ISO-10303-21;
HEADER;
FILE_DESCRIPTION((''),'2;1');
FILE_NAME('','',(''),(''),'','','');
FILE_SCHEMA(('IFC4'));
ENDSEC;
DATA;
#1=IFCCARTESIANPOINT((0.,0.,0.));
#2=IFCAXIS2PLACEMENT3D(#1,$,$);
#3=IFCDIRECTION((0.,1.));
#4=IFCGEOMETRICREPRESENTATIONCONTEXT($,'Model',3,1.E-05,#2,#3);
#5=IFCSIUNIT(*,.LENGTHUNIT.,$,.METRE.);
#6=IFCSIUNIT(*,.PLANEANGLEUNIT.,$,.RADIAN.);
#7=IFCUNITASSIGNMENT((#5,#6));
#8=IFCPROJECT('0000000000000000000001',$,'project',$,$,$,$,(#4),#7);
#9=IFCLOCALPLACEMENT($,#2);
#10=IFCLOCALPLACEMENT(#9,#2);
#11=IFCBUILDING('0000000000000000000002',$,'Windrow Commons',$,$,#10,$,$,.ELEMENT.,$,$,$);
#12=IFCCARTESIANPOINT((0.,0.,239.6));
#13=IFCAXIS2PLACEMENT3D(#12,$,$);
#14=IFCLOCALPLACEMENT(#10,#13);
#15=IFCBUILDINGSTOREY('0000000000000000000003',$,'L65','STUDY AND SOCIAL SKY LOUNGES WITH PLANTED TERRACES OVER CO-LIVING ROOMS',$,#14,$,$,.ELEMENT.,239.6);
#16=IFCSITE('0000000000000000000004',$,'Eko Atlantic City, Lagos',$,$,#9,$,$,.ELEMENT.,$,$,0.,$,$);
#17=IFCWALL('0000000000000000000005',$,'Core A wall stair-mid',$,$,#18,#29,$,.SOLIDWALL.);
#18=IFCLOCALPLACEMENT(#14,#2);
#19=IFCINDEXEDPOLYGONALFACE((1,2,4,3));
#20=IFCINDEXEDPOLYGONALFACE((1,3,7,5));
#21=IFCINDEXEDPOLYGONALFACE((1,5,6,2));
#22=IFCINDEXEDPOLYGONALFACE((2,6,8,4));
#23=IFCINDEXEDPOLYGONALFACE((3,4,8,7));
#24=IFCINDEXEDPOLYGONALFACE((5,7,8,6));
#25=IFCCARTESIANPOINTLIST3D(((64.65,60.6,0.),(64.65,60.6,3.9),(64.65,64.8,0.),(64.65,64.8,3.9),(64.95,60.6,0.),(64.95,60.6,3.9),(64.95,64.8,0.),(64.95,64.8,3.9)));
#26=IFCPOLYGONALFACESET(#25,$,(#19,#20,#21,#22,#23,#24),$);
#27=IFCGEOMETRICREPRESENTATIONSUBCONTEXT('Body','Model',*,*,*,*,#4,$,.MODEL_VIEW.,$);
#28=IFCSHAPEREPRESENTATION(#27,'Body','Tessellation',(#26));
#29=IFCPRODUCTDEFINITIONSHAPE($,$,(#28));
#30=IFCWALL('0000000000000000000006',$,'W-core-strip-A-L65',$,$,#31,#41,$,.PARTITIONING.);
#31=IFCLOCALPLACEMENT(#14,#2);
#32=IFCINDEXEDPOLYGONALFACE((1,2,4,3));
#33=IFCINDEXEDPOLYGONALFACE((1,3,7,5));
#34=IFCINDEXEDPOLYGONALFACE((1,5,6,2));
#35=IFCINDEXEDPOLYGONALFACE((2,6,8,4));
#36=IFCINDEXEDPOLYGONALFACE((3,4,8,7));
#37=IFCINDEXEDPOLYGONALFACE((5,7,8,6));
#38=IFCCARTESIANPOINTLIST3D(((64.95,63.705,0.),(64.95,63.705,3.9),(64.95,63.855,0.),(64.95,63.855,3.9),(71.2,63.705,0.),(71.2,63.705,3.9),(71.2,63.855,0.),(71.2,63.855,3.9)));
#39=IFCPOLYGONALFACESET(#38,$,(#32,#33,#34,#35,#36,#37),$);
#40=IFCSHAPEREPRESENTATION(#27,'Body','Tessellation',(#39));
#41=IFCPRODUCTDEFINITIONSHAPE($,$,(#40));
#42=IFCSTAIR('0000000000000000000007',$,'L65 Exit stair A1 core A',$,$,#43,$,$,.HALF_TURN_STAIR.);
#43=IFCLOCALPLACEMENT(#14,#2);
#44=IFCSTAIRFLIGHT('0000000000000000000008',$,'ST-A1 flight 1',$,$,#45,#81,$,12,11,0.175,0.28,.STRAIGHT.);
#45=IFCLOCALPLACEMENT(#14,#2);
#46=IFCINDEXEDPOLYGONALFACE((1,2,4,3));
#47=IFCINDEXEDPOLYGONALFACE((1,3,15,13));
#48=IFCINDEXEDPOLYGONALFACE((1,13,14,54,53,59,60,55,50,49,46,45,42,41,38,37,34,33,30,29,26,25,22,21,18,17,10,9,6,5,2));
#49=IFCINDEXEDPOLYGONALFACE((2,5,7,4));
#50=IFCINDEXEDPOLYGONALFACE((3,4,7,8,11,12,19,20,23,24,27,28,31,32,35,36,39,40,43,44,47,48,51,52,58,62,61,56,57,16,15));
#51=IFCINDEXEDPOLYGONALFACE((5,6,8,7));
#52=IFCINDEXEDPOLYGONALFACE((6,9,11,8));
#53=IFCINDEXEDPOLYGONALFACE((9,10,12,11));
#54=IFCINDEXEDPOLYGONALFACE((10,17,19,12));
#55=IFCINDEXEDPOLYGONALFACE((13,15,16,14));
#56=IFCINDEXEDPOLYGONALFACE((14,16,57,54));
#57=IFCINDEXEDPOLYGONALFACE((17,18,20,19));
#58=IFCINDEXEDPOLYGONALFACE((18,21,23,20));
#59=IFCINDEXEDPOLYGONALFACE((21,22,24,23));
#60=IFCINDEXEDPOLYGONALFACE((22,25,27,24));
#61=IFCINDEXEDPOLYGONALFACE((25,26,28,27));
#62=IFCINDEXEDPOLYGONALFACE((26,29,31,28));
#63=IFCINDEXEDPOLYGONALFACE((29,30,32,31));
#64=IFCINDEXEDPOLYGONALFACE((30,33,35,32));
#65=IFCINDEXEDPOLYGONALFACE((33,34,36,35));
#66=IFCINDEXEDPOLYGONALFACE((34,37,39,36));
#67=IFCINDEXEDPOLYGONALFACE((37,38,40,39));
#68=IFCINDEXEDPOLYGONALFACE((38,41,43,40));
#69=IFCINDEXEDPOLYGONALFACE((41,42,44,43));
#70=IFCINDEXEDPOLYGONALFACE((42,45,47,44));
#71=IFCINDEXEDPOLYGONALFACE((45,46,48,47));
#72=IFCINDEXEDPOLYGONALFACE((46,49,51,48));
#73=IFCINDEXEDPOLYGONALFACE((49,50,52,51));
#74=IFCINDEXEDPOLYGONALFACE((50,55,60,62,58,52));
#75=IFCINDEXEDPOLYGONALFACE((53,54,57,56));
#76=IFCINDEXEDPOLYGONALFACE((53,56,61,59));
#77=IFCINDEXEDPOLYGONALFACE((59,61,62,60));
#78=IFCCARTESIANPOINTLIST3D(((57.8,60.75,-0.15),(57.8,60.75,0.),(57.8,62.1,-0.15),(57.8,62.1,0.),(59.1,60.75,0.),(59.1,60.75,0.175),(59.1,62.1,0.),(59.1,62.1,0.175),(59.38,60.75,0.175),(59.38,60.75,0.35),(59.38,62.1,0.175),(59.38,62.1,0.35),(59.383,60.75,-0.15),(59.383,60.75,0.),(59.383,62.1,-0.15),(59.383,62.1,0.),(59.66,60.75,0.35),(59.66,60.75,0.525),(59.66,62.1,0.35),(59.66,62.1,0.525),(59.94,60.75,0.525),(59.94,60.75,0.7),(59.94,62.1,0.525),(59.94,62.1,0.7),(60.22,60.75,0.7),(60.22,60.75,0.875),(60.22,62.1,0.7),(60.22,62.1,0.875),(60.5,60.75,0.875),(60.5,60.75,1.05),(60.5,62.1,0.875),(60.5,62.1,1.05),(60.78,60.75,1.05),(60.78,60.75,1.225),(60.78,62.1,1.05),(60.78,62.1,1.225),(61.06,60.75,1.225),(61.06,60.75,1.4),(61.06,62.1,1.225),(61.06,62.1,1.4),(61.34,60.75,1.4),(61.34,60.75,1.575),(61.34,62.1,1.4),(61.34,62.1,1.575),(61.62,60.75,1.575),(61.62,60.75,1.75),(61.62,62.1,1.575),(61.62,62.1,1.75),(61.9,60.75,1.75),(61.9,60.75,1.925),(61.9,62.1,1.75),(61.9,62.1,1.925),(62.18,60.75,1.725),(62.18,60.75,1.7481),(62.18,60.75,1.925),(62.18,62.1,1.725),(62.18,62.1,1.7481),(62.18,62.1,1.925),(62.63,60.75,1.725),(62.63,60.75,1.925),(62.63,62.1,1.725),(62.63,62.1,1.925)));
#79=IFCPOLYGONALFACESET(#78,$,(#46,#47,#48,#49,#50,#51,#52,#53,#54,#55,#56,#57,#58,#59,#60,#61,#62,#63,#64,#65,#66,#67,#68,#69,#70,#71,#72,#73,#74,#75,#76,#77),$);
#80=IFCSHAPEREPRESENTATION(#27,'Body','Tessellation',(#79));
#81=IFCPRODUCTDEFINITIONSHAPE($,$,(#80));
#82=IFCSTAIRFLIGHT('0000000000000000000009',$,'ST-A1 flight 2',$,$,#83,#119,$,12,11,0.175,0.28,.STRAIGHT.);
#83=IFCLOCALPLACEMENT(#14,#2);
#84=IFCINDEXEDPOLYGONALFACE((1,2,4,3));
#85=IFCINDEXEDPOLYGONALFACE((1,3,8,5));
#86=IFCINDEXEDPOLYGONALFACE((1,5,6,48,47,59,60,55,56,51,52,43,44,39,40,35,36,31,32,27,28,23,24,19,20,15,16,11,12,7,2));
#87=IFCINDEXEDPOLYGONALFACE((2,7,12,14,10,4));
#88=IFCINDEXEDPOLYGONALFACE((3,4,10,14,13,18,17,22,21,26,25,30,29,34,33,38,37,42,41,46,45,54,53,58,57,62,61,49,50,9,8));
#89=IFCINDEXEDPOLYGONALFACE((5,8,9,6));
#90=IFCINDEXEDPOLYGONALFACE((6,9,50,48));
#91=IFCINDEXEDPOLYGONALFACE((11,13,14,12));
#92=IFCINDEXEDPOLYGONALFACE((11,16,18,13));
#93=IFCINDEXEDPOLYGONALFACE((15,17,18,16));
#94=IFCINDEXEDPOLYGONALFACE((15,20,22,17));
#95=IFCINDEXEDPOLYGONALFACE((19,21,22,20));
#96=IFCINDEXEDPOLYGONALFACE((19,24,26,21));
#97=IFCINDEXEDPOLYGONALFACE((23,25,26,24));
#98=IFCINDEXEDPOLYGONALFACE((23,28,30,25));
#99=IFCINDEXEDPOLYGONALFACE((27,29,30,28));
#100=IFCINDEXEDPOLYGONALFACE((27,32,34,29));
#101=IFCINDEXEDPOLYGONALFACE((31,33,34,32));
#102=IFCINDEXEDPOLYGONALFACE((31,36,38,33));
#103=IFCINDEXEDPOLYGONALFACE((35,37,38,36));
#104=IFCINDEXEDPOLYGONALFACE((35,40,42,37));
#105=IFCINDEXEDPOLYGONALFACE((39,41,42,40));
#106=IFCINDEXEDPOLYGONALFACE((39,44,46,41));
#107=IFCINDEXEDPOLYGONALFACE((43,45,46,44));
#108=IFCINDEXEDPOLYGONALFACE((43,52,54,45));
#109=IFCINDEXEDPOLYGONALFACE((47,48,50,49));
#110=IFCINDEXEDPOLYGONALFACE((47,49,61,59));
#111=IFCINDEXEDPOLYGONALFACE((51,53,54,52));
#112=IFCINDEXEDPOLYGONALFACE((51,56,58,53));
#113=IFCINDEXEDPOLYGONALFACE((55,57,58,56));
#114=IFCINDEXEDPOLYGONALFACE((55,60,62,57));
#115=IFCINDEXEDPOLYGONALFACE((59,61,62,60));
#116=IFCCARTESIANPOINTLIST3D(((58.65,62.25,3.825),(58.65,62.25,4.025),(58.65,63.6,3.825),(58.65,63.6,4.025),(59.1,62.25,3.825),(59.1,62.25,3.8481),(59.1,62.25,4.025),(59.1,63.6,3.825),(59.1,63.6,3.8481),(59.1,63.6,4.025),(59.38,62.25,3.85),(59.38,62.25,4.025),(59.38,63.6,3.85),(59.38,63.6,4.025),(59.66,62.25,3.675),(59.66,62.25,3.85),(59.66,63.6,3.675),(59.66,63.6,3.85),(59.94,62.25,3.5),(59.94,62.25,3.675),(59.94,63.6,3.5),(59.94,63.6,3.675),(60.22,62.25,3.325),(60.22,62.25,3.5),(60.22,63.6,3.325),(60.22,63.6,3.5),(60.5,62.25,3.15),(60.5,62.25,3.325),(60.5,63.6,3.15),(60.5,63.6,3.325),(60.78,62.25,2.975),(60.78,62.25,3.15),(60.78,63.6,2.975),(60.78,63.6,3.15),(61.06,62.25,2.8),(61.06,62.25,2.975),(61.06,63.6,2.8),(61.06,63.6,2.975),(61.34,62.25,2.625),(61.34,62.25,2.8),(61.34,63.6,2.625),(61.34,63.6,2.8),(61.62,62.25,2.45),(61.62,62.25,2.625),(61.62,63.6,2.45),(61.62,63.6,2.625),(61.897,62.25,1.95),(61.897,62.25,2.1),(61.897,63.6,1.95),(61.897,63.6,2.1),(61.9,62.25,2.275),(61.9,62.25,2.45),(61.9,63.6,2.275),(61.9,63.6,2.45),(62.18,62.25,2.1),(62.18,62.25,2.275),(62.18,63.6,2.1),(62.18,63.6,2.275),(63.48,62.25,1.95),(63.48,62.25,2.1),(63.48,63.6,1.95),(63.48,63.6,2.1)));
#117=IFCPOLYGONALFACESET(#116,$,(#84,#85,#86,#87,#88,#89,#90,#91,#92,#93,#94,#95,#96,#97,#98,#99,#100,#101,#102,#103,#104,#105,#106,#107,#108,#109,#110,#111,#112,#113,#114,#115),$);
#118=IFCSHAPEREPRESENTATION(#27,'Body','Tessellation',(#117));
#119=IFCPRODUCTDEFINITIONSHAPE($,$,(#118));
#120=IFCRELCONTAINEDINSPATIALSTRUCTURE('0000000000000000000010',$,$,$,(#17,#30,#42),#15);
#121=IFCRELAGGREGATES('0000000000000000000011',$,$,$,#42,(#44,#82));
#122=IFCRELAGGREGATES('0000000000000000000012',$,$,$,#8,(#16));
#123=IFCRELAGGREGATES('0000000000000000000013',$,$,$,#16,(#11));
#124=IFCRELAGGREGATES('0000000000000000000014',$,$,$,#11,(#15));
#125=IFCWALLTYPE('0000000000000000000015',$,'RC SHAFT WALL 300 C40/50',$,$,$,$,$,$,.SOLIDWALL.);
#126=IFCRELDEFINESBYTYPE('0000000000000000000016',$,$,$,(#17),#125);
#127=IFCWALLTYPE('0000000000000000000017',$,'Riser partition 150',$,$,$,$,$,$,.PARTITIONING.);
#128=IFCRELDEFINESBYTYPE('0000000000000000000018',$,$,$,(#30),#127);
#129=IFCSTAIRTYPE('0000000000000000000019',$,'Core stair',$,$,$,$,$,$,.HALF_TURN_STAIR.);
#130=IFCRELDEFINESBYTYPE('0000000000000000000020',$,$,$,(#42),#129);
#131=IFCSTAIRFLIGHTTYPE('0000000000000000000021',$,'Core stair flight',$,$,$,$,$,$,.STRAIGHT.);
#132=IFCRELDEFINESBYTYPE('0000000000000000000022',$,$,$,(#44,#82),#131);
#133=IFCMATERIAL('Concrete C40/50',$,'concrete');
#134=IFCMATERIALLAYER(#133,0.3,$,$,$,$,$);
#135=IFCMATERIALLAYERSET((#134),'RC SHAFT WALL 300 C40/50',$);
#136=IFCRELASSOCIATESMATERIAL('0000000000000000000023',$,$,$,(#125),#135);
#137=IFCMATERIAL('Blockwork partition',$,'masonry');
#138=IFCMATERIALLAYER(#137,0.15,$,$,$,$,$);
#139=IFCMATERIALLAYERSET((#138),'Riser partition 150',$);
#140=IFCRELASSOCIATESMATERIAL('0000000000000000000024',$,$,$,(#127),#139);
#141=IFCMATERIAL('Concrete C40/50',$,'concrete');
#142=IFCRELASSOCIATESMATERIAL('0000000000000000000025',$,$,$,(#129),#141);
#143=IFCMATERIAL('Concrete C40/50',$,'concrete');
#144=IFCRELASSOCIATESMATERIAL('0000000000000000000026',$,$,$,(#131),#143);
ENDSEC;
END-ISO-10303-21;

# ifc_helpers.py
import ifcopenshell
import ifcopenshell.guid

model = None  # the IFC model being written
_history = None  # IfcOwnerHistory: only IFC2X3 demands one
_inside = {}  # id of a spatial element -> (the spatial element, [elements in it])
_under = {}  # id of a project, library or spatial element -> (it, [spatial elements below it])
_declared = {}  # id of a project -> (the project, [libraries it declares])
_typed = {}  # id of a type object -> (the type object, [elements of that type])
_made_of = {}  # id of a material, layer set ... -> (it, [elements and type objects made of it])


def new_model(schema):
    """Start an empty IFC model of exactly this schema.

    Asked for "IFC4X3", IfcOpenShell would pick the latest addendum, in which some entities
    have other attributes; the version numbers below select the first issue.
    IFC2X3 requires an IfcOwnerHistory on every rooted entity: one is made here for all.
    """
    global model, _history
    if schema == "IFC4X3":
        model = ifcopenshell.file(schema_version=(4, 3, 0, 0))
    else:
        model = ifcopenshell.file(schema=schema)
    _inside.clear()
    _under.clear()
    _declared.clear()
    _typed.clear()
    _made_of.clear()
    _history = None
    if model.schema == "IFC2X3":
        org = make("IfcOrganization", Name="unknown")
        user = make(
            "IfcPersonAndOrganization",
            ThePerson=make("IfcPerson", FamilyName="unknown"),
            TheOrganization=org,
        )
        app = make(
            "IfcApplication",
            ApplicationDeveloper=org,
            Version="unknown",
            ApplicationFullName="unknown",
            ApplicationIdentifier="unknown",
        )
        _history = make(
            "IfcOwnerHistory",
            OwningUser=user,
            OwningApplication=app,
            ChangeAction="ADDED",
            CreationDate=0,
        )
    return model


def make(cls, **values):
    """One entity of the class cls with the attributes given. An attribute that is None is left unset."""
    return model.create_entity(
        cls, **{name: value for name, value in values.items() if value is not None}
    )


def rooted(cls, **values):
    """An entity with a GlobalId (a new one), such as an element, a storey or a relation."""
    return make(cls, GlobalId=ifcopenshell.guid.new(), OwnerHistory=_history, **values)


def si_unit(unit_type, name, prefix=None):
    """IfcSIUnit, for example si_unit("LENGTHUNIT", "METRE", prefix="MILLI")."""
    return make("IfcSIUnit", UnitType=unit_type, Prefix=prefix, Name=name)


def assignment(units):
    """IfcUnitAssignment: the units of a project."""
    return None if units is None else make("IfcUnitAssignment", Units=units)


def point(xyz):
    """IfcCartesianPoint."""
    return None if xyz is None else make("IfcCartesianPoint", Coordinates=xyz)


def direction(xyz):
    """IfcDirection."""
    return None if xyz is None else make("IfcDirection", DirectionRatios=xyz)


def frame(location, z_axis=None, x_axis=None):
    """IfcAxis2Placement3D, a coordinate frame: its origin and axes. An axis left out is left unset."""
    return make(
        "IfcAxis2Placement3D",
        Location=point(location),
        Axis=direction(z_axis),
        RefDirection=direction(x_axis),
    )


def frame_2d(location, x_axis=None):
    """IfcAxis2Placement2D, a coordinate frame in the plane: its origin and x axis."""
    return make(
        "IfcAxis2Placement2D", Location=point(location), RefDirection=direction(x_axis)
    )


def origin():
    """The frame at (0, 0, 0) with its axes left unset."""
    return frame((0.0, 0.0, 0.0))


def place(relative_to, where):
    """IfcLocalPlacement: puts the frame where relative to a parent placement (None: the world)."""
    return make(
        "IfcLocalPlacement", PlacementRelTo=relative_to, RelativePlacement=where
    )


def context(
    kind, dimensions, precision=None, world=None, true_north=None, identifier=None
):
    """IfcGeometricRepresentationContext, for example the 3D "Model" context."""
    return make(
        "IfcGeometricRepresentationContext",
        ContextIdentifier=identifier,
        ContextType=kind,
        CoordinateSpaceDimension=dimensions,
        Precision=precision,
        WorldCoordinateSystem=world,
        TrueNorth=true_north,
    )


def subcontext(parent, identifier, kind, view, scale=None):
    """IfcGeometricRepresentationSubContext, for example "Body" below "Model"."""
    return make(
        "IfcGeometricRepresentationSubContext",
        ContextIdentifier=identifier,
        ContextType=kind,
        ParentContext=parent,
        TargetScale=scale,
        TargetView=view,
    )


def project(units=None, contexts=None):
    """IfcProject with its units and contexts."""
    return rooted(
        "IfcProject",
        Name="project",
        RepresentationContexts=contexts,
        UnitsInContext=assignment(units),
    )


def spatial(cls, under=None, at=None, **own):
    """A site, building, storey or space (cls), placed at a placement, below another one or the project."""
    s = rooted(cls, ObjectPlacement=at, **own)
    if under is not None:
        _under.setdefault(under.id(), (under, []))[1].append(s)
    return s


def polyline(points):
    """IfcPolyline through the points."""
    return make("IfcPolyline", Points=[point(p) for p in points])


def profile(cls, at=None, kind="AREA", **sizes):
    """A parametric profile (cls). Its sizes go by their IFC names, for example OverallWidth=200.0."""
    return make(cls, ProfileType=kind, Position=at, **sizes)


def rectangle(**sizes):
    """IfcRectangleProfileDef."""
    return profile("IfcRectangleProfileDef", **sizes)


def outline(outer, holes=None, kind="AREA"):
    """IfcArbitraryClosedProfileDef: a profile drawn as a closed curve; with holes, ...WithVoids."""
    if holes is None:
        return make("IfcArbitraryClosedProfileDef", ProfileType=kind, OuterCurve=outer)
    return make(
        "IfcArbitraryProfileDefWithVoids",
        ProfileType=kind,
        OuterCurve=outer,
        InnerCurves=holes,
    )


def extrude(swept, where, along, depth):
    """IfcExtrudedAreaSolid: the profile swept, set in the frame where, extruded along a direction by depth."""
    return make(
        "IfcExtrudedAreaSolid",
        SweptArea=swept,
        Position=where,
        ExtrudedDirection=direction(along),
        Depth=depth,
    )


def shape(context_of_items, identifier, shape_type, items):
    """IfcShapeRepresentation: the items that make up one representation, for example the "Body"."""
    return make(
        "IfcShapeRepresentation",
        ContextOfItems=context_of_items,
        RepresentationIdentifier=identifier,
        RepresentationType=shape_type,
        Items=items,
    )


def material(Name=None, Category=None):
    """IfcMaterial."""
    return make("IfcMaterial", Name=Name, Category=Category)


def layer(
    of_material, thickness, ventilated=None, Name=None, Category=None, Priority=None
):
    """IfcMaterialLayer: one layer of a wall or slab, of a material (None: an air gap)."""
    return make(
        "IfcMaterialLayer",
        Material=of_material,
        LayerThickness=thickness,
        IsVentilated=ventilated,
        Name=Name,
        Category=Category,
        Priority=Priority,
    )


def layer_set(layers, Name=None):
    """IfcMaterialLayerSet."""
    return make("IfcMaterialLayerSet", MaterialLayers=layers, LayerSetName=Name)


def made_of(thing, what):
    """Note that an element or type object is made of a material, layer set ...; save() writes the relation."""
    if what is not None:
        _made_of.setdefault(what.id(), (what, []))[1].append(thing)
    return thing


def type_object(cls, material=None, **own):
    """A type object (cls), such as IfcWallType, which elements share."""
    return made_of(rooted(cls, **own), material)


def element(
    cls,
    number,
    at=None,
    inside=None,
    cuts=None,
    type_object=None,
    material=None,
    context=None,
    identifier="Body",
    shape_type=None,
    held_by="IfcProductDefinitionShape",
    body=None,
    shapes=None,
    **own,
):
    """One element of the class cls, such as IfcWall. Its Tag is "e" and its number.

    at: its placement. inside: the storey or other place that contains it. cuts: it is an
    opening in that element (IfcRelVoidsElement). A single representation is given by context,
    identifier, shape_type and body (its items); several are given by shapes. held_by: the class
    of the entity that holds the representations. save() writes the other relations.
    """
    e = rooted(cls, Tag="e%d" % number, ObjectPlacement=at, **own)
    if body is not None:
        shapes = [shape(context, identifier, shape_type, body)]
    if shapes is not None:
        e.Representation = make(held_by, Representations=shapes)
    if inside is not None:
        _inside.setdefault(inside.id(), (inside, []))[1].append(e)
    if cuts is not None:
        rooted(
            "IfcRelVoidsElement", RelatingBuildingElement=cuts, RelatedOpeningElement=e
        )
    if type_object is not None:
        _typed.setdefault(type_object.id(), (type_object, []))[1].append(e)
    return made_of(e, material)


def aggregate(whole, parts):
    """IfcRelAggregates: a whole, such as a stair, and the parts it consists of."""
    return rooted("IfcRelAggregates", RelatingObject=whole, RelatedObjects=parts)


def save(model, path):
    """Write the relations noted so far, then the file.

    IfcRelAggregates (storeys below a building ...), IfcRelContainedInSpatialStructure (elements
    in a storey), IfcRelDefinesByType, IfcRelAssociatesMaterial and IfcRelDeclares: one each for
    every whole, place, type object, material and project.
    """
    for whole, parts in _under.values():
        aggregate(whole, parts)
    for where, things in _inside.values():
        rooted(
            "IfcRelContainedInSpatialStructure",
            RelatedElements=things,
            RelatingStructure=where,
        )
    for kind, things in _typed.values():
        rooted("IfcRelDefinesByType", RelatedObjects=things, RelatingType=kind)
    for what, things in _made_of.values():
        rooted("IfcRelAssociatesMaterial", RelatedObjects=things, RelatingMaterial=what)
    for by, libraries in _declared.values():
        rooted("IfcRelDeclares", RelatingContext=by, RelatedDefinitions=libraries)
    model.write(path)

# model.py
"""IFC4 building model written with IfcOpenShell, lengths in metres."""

from ifc_helpers import new_model, si_unit, direction, frame, frame_2d, origin, place, context, subcontext, project, spatial, polyline, rectangle, outline, extrude, material, layer, layer_set, type_object, element, aggregate, save


model = new_model("IFC4")

# Units and contexts
model_context = context("Model", 3, precision=1e-05, world=origin(), true_north=direction((0.0, 1.0)))
body_context = subcontext(model_context, "Body", "Model", "MODEL_VIEW")
ifc_project = project(units=[si_unit("LENGTHUNIT", "METRE"), si_unit("PLANEANGLEUNIT", "RADIAN")], contexts=[model_context])

# Site, building, storey
site_placement = place(None, origin())
site = spatial("IfcSite", under=ifc_project, at=site_placement, Name="Eko Atlantic City, Lagos", CompositionType="ELEMENT", RefElevation=0.0)
building_placement = place(site_placement, origin())
building = spatial("IfcBuilding", under=site, at=building_placement, Name="Windrow Commons", CompositionType="ELEMENT")
storey_placement = place(building_placement, frame((0.0, 0.0, 239.6)))
storey = spatial("IfcBuildingStorey", under=building, at=storey_placement, Name="L65", Description="STUDY AND SOCIAL SKY LOUNGES WITH PLANTED TERRACES OVER CO-LIVING ROOMS", CompositionType="ELEMENT", Elevation=239.6)

# Shared definitions
placement = place(storey_placement, origin())

# Walls
ifc_material_1 = material(Name="Concrete C40/50", Category="concrete")
ifc_layer_1 = layer(ifc_material_1, 0.3)
ifc_layer_set_1 = layer_set([ifc_layer_1], Name="RC SHAFT WALL 300 C40/50")
wall_type_1 = type_object("IfcWallType", Name="RC SHAFT WALL 300 C40/50", PredefinedType="SOLIDWALL", material=ifc_layer_set_1)
wall_1_placement = place(storey_placement, frame((64.8, 60.6, 0.0), z_axis=(0.0, 0.0, 1.0), x_axis=(0.0, 1.0, 0.0)))
element("IfcWall", 1, at=wall_1_placement, inside=storey, type_object=wall_type_1, Name="Core A wall stair-mid", PredefinedType="SOLIDWALL", context=body_context, shape_type="SweptSolid", body=[
    extrude(rectangle(XDim=4.2, YDim=0.3, at=frame_2d((2.1, 0.0))), origin(), (0.0, 0.0, 1.0), 3.9),
])
ifc_material_2 = material(Name="Blockwork partition", Category="masonry")
ifc_layer_2 = layer(ifc_material_2, 0.15)
ifc_layer_set_2 = layer_set([ifc_layer_2], Name="Riser partition 150")
wall_type_2 = type_object("IfcWallType", Name="Riser partition 150", PredefinedType="PARTITIONING", material=ifc_layer_set_2)
wall_2_placement = place(storey_placement, frame((64.95, 63.78, 0.0), z_axis=(0.0, 0.0, 1.0), x_axis=(1.0, 0.0, 0.0)))
element("IfcWall", 2, at=wall_2_placement, inside=storey, type_object=wall_type_2, Name="W-core-strip-A-L65", PredefinedType="PARTITIONING", context=body_context, shape_type="SweptSolid", body=[
    extrude(rectangle(XDim=6.25, YDim=0.15, at=frame_2d((3.125, 0.0))), origin(), (0.0, 0.0, 1.0), 3.9),
])

# Stair, stair flights
ifc_material_3 = material(Name="Concrete C40/50", Category="concrete")
stair_type = type_object("IfcStairType", Name="Core stair", PredefinedType="HALF_TURN_STAIR", material=ifc_material_3)
stair = element("IfcStair", 3, at=placement, inside=storey, type_object=stair_type, Name="L65 Exit stair A1 core A", PredefinedType="HALF_TURN_STAIR")
ifc_material_4 = material(Name="Concrete C40/50", Category="concrete")
stair_flight_type = type_object("IfcStairFlightType", Name="Core stair flight", PredefinedType="STRAIGHT", material=ifc_material_4)
stair_flight_1_placement = place(storey_placement, frame((59.1, 61.425, 0.0), z_axis=(0.0, 0.0, 1.0), x_axis=(1.0, 0.0, 0.0)))
stair_flight_1 = element("IfcStairFlight", 4, at=stair_flight_1_placement, type_object=stair_flight_type, Name="ST-A1 flight 1", NumberOfRisers=12, NumberOfTreads=11, PredefinedType="STRAIGHT", RiserHeight=0.175, TreadLength=0.28, context=body_context, shape_type="SweptSolid", body=[
    extrude(outline(polyline([(-1.3, -0.15), (-1.3, 0.0), (0.0, 0.0), (0.0, 0.175), (0.28, 0.175), (0.28, 0.35), (0.56, 0.35), (0.56, 0.525), (0.84, 0.525), (0.84, 0.7), (1.12, 0.7), (1.12, 0.875), (1.4, 0.875), (1.4, 1.05), (1.68, 1.05), (1.68, 1.225), (1.96, 1.225), (1.96, 1.4), (2.24, 1.4), (2.24, 1.575), (2.52, 1.575), (2.52, 1.75), (2.8, 1.75), (2.8, 1.925), (3.08, 1.925), (3.53, 1.925), (3.53, 1.725), (3.08, 1.725), (3.08, 1.7481), (0.283, 0.0), (0.283, -0.15), (-1.3, -0.15)])), frame((0.0, 0.675, 0.0), z_axis=(0.0, -1.0, 0.0), x_axis=(1.0, 0.0, 0.0)), (0.0, 0.0, 1.0), 1.35),
])
stair_flight_2_placement = place(storey_placement, frame((62.18, 62.925, 2.1), z_axis=(0.0, 0.0, 1.0), x_axis=(-1.0, 0.0, 0.0)))
stair_flight_2 = element("IfcStairFlight", 5, at=stair_flight_2_placement, type_object=stair_flight_type, Name="ST-A1 flight 2", NumberOfRisers=12, NumberOfTreads=11, PredefinedType="STRAIGHT", RiserHeight=0.175, TreadLength=0.28, context=body_context, shape_type="SweptSolid", body=[
    extrude(outline(polyline([(-1.3, -0.15), (-1.3, 0.0), (0.0, 0.0), (0.0, 0.175), (0.28, 0.175), (0.28, 0.35), (0.56, 0.35), (0.56, 0.525), (0.84, 0.525), (0.84, 0.7), (1.12, 0.7), (1.12, 0.875), (1.4, 0.875), (1.4, 1.05), (1.68, 1.05), (1.68, 1.225), (1.96, 1.225), (1.96, 1.4), (2.24, 1.4), (2.24, 1.575), (2.52, 1.575), (2.52, 1.75), (2.8, 1.75), (2.8, 1.925), (3.08, 1.925), (3.53, 1.925), (3.53, 1.725), (3.08, 1.725), (3.08, 1.7481), (0.283, 0.0), (0.283, -0.15), (-1.3, -0.15)])), frame((0.0, 0.675, 0.0), z_axis=(0.0, -1.0, 0.0), x_axis=(1.0, 0.0, 0.0)), (0.0, 0.0, 1.0), 1.35),
])
aggregate(stair, [stair_flight_1, stair_flight_2])

save(model, "model.ifc")
